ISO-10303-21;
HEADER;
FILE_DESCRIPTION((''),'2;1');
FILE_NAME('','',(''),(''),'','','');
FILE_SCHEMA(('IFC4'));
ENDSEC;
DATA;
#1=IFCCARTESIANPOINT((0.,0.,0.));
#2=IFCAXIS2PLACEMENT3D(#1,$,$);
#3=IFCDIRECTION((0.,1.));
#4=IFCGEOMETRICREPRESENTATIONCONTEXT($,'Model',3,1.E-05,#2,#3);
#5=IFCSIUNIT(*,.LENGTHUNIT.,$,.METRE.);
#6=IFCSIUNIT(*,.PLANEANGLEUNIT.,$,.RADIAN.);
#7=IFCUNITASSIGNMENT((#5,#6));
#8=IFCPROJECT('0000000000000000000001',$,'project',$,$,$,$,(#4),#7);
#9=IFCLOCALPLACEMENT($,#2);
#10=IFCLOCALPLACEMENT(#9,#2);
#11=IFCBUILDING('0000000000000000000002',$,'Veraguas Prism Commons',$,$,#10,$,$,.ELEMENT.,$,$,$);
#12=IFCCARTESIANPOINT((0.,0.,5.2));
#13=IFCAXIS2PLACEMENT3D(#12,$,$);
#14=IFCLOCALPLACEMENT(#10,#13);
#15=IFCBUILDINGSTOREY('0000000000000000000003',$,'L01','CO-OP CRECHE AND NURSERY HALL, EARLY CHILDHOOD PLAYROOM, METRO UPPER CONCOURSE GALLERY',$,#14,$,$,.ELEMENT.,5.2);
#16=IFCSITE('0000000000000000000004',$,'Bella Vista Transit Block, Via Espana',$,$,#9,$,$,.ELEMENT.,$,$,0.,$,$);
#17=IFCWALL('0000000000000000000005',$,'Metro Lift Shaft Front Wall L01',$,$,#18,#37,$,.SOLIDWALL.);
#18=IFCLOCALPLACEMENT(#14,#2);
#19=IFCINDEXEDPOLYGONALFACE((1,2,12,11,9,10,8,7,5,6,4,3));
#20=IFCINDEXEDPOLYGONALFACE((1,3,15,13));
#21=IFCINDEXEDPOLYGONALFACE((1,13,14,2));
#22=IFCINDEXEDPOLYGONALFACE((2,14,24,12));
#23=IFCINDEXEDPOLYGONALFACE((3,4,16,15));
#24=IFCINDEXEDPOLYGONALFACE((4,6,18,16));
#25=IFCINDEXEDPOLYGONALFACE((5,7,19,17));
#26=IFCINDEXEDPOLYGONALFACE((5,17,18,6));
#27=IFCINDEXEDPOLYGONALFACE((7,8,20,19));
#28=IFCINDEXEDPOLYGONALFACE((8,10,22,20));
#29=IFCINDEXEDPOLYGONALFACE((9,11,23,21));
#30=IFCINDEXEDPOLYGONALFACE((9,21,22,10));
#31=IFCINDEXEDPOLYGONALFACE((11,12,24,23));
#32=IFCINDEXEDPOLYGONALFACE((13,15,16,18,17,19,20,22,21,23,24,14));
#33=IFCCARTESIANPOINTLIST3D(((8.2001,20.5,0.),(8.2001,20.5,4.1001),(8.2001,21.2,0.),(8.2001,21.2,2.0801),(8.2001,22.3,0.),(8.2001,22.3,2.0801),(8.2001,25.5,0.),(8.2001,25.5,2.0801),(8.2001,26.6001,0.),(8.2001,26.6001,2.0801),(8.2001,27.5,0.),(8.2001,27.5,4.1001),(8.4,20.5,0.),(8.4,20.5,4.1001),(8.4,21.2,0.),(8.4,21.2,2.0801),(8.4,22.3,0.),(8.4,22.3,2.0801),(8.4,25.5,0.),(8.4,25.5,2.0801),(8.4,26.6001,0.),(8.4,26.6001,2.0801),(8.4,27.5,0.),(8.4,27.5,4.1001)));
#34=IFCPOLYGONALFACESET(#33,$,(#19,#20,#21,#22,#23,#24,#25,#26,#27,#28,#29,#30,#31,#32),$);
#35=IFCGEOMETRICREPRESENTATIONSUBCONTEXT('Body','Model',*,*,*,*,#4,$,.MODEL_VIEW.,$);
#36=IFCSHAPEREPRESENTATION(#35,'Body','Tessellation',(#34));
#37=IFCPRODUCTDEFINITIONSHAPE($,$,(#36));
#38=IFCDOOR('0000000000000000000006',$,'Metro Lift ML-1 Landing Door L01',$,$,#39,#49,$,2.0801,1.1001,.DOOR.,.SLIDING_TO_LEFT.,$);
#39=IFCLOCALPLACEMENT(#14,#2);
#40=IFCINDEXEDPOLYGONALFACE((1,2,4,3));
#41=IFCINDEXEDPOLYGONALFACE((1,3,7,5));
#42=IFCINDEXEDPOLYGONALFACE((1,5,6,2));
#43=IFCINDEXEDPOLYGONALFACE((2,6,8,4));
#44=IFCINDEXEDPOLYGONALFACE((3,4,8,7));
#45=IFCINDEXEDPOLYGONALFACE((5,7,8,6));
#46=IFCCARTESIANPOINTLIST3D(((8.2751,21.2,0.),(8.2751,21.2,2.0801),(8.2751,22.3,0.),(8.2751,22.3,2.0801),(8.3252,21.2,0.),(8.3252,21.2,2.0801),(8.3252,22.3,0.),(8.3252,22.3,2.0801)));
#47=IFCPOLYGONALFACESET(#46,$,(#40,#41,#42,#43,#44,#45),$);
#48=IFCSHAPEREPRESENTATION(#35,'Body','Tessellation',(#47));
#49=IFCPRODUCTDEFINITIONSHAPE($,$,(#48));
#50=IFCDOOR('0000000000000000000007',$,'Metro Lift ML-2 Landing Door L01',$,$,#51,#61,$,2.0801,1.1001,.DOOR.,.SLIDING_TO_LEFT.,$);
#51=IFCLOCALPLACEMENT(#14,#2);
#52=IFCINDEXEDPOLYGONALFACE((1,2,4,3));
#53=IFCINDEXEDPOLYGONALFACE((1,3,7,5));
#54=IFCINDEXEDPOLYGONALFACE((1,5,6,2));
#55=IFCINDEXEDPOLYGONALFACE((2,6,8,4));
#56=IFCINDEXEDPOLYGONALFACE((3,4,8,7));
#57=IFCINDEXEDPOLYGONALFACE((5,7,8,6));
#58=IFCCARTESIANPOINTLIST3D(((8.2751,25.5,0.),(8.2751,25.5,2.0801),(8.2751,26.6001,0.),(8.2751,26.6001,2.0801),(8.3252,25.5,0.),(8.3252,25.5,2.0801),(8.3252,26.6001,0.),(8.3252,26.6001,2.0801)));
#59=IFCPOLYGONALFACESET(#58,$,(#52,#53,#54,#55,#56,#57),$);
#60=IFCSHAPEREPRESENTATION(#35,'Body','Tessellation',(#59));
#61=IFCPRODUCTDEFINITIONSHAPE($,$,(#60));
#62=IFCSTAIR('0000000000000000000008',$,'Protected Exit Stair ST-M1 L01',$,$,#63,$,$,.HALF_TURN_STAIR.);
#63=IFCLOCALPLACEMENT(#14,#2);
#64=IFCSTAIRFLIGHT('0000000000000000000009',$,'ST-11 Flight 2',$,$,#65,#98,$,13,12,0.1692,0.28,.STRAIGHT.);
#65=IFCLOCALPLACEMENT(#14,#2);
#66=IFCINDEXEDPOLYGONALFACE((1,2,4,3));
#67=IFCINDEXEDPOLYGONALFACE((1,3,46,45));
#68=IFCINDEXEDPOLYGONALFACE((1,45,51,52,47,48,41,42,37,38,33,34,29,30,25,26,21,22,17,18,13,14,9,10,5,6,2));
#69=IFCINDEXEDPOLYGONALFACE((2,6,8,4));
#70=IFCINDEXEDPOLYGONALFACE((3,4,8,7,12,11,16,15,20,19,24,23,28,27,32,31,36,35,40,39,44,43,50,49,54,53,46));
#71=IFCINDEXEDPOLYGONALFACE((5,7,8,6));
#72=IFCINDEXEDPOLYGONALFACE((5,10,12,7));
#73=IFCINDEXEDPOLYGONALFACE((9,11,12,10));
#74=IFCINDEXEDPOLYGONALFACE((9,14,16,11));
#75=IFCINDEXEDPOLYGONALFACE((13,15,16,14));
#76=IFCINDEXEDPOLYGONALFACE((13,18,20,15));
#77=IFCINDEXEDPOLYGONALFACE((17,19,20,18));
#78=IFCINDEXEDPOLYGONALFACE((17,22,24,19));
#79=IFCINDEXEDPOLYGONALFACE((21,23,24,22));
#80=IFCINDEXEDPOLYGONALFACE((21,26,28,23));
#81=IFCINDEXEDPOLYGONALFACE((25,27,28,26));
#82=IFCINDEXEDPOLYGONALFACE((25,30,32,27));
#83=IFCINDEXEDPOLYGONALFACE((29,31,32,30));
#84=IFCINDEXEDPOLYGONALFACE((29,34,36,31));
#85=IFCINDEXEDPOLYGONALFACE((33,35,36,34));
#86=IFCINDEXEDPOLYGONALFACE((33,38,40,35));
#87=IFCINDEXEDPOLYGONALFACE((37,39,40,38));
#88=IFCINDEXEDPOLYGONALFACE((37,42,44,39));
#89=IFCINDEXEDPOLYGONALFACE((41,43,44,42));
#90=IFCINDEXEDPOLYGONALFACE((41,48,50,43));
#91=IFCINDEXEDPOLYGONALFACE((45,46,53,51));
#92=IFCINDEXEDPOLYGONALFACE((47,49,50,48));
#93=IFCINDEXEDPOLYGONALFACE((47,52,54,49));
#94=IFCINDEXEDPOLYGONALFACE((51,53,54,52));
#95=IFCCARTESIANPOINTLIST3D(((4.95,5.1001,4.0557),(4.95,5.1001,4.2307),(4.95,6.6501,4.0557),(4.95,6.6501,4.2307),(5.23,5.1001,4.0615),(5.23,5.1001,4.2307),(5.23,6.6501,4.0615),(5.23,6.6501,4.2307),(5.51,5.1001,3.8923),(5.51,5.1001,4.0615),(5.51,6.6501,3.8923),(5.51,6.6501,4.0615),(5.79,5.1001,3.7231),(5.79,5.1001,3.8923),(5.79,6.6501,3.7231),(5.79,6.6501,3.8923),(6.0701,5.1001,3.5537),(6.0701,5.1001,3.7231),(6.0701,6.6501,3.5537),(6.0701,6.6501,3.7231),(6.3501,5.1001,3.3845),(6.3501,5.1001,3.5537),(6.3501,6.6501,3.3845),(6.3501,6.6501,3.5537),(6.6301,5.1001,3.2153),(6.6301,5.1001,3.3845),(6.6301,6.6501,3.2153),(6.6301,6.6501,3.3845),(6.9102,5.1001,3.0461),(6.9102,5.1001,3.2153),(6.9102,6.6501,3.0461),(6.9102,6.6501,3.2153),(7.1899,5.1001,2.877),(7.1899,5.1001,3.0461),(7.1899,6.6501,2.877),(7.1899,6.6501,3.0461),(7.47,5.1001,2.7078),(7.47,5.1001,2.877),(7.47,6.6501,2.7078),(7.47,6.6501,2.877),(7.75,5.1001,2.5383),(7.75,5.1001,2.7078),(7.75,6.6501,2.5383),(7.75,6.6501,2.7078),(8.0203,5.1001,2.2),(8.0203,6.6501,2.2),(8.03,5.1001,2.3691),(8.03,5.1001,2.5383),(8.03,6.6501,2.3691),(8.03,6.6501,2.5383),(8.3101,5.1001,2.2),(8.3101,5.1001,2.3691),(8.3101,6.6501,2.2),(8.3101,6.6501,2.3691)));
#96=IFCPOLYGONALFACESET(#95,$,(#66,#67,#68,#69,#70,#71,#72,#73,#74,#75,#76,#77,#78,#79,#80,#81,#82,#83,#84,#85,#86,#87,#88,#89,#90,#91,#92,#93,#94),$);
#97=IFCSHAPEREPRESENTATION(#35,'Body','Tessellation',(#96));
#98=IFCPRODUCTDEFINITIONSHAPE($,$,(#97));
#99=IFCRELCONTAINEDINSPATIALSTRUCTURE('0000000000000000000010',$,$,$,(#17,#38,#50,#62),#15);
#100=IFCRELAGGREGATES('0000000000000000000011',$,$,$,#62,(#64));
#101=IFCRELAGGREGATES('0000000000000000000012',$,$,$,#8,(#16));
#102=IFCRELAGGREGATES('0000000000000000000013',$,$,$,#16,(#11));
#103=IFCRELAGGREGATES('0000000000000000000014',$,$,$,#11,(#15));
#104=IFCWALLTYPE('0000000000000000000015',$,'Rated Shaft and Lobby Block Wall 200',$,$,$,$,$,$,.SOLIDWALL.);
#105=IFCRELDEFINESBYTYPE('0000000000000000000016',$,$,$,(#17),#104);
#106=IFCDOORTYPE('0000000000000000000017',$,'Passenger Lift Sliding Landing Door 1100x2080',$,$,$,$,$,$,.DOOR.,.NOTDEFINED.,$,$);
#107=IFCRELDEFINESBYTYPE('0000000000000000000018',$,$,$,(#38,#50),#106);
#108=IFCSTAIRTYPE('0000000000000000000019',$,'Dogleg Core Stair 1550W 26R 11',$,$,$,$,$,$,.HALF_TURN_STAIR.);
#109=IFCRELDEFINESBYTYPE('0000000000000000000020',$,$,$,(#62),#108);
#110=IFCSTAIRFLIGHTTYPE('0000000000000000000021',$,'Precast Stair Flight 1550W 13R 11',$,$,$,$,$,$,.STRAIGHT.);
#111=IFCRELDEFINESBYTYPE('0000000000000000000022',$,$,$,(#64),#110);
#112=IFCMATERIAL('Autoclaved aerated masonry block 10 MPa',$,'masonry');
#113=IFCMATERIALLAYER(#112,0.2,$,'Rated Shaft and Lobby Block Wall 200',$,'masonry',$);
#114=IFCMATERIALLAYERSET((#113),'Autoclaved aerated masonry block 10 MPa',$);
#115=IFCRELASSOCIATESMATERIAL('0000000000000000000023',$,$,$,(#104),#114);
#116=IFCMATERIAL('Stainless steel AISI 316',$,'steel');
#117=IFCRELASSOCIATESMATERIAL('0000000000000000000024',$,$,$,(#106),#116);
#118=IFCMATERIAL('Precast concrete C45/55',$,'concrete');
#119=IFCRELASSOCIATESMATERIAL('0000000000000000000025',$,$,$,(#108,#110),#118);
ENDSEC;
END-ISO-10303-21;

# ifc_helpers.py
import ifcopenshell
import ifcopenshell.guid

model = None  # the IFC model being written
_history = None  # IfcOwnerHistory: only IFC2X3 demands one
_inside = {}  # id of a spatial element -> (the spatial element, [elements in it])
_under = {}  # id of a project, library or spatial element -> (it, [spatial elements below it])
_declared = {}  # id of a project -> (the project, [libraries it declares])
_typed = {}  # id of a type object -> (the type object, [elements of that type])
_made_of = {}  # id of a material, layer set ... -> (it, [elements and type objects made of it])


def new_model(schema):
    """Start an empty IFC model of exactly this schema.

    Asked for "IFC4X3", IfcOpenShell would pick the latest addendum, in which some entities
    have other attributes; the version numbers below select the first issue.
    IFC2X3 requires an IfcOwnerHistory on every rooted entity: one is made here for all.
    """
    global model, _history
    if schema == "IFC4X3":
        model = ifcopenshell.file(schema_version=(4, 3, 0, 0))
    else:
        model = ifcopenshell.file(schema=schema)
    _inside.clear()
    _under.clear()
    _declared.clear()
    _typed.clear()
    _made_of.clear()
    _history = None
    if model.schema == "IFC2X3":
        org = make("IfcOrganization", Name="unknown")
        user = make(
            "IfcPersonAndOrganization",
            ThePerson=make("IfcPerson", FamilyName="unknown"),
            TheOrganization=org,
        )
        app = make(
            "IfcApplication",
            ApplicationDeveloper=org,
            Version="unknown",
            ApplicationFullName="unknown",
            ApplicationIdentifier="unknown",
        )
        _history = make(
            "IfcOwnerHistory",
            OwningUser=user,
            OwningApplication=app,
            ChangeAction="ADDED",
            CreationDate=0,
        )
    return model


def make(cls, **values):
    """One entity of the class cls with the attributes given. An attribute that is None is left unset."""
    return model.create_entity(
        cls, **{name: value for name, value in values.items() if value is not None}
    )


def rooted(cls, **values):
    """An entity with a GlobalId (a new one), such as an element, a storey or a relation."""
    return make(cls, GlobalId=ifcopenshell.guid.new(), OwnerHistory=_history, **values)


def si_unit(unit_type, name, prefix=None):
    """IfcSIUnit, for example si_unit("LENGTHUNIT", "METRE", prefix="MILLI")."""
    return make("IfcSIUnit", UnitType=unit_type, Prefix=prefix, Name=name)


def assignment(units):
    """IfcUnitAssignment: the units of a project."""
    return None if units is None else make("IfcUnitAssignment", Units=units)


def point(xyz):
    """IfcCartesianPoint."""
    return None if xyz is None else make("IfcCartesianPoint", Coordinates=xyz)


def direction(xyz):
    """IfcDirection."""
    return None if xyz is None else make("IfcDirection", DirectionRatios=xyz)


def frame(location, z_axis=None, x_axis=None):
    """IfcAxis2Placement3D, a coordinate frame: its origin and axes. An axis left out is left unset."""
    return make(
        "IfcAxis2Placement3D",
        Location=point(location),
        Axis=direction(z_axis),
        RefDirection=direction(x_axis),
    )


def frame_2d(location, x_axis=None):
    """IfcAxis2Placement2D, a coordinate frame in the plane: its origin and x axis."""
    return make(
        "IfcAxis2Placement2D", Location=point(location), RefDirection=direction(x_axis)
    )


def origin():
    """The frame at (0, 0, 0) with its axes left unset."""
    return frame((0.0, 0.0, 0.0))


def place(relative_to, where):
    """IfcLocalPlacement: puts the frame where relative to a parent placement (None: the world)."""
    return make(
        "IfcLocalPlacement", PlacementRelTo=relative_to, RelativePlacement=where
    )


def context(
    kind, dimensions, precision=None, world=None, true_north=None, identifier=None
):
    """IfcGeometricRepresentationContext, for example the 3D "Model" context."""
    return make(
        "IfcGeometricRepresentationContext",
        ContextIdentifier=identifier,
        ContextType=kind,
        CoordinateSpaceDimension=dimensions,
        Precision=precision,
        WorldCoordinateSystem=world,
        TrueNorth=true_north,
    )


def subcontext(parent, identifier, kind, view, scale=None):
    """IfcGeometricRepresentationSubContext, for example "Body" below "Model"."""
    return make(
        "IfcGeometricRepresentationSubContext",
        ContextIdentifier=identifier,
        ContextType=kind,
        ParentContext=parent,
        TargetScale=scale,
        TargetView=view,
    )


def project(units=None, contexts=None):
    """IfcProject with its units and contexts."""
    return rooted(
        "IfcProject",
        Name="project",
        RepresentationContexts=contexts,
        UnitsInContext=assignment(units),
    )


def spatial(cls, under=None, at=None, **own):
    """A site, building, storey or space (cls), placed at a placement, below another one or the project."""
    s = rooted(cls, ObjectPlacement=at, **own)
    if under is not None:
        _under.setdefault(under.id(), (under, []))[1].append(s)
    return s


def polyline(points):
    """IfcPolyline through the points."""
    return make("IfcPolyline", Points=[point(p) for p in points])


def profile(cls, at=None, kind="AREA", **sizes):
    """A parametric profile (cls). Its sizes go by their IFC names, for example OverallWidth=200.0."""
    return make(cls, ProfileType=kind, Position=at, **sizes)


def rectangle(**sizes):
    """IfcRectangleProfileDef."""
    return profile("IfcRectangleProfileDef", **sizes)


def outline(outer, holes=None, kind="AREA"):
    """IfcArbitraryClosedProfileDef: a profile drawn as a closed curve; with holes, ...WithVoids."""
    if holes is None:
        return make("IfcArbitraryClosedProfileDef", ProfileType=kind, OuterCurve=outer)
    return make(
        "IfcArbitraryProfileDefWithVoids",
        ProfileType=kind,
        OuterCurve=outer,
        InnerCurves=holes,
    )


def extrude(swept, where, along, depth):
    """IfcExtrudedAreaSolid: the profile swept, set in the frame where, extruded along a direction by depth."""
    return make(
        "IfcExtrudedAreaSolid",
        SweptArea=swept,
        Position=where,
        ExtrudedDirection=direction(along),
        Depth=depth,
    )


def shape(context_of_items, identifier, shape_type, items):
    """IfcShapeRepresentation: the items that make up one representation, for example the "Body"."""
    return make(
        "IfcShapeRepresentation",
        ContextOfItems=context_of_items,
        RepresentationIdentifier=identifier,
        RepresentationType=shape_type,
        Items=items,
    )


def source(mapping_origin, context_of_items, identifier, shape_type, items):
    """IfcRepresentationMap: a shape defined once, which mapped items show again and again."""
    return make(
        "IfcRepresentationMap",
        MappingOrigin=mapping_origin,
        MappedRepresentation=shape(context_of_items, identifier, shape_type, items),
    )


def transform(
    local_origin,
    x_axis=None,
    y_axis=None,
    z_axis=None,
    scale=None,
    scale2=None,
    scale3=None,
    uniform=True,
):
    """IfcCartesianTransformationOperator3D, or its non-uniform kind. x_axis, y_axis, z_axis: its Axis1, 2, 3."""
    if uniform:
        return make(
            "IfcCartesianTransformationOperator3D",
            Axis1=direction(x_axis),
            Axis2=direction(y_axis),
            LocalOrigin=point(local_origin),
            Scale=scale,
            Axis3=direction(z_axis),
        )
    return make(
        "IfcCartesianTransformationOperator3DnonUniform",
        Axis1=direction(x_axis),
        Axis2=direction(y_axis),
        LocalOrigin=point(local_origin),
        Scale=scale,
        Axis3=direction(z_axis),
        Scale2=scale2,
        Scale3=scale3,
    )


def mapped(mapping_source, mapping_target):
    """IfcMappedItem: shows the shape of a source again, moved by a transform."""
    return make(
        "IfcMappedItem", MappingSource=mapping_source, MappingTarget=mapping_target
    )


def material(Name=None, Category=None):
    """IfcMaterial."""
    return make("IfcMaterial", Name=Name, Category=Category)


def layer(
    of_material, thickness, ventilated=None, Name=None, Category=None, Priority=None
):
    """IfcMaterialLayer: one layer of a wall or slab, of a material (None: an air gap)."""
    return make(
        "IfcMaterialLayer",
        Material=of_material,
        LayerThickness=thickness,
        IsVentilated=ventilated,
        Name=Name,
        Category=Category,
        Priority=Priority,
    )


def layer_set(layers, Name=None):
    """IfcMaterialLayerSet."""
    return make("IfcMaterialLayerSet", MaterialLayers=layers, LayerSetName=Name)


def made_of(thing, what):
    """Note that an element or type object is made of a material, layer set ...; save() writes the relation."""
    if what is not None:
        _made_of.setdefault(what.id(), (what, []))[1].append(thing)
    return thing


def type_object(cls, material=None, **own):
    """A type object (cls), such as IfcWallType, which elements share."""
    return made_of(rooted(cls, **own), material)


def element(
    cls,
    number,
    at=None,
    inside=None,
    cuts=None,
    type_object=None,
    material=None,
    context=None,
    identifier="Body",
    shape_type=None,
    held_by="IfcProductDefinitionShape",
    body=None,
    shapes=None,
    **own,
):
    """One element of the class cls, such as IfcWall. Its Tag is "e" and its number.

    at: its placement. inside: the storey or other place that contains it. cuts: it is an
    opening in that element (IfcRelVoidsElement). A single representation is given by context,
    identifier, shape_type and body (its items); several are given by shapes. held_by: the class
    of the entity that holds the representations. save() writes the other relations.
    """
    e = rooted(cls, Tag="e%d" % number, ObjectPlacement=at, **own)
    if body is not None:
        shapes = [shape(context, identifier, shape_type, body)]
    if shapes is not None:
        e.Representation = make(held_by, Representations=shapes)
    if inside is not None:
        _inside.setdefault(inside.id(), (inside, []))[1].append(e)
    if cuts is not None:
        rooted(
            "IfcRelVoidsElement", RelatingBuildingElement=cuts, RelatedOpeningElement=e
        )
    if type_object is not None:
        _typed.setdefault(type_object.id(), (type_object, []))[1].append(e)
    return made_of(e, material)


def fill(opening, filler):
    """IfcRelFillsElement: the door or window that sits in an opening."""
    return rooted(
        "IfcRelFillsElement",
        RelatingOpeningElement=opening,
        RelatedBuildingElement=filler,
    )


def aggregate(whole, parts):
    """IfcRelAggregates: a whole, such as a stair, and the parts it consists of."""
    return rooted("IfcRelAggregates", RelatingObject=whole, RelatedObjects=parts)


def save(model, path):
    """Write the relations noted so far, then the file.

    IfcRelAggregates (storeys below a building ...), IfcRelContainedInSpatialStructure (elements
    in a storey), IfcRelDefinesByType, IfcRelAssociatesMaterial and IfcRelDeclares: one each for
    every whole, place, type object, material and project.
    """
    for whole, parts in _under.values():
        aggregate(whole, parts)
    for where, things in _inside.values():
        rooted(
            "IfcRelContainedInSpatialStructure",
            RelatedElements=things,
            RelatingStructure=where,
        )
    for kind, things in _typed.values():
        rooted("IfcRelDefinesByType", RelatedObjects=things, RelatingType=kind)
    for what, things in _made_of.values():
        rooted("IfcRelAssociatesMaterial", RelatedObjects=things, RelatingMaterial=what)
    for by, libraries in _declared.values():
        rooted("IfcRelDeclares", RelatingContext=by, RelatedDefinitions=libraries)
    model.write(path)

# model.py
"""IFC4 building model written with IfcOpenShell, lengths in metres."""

from ifc_helpers import new_model, si_unit, direction, frame, frame_2d, origin, place, context, subcontext, project, spatial, polyline, rectangle, outline, extrude, source, transform, mapped, material, layer, layer_set, type_object, element, fill, aggregate, save


model = new_model("IFC4")

# Units and contexts
model_context = context("Model", 3, precision=1e-05, world=origin(), true_north=direction((0.0, 1.0)))
body_context = subcontext(model_context, "Body", "Model", "MODEL_VIEW")
ifc_project = project(units=[si_unit("LENGTHUNIT", "METRE"), si_unit("PLANEANGLEUNIT", "RADIAN")], contexts=[model_context])

# Site, building, storey
site_placement = place(None, origin())
site = spatial("IfcSite", under=ifc_project, at=site_placement, Name="Bella Vista Transit Block, Via Espana", CompositionType="ELEMENT", RefElevation=0.0)
building_placement = place(site_placement, origin())
building = spatial("IfcBuilding", under=site, at=building_placement, Name="Veraguas Prism Commons", CompositionType="ELEMENT")
storey_placement = place(building_placement, frame((0.0, 0.0, 5.2)))
storey = spatial("IfcBuildingStorey", under=building, at=storey_placement, Name="L01", Description="CO-OP CRECHE AND NURSERY HALL, EARLY CHILDHOOD PLAYROOM, METRO UPPER CONCOURSE GALLERY", CompositionType="ELEMENT", Elevation=5.2)

# Shared definitions
ifc_material_1 = material(Name="Autoclaved aerated masonry block 10 MPa", Category="masonry")

# Wall, openings, doors
ifc_layer_1 = layer(ifc_material_1, 0.2, Name="Rated Shaft and Lobby Block Wall 200", Category="masonry")
ifc_layer_set_1 = layer_set([ifc_layer_1], Name="Autoclaved aerated masonry block 10 MPa")
wall_type_1 = type_object("IfcWallType", Name="Rated Shaft and Lobby Block Wall 200", PredefinedType="SOLIDWALL", material=ifc_layer_set_1)
wall_1_placement = place(storey_placement, frame((8.3, 20.5, 0.0), z_axis=(0.0, 0.0, 1.0), x_axis=(0.0, 1.0, 0.0)))
wall_1 = element("IfcWall", 1, at=wall_1_placement, inside=storey, type_object=wall_type_1, Name="Metro Lift Shaft Front Wall L01", PredefinedType="SOLIDWALL", context=body_context, shape_type="SweptSolid", body=[
    extrude(rectangle(XDim=7.0, YDim=0.2, at=frame_2d((3.5, 0.0))), origin(), (0.0, 0.0, 1.0), 4.1001),
])
opening_1_placement = place(wall_1_placement, frame((0.7, 0.0, 0.0)))
opening_1 = element("IfcOpeningElement", 2, at=opening_1_placement, cuts=wall_1, PredefinedType="OPENING", context=body_context, shape_type="SweptSolid", body=[
    extrude(rectangle(XDim=1.1001, YDim=2.0801, at=frame_2d((0.55, 1.04))), frame((0.0, 0.1099, 0.0), z_axis=(0.0, -1.0, 0.0), x_axis=(1.0, 0.0, 0.0)), (0.0, 0.0, 1.0), 0.22),
])
opening_2_placement = place(wall_1_placement, frame((5.0, 0.0, 0.0)))
opening_2 = element("IfcOpeningElement", 3, at=opening_2_placement, cuts=wall_1, PredefinedType="OPENING", context=body_context, shape_type="SweptSolid", body=[
    extrude(rectangle(XDim=1.1001, YDim=2.0801, at=frame_2d((0.55, 1.04))), frame((0.0, 0.1099, 0.0), z_axis=(0.0, -1.0, 0.0), x_axis=(1.0, 0.0, 0.0)), (0.0, 0.0, 1.0), 0.22),
])
ifc_material_2 = material(Name="Stainless steel AISI 316", Category="steel")
door_type_1 = type_object("IfcDoorType", Name="Passenger Lift Sliding Landing Door 1100x2080", OperationType="NOTDEFINED", PredefinedType="DOOR", material=ifc_material_2)
shared_shape_1 = source(origin(), body_context, "Body", "SweptSolid", [
    extrude(rectangle(XDim=1.1001, YDim=2.0801, at=frame_2d((0.55, 1.04))), frame((0.0, 0.0249, 0.0), z_axis=(0.0, -1.0, 0.0), x_axis=(1.0, 0.0, 0.0)), (0.0, 0.0, 1.0), 0.05),
])
door_1_placement = place(opening_1_placement, origin())
door_1 = element("IfcDoor", 4, at=door_1_placement, inside=storey, type_object=door_type_1, Name="Metro Lift ML-1 Landing Door L01", OperationType="SLIDING_TO_LEFT", OverallHeight=2.0801, OverallWidth=1.1001, PredefinedType="DOOR", context=body_context, shape_type="MappedRepresentation", body=[
    mapped(shared_shape_1, transform((0.0, 0.0, 0.0), scale=1.0)),
])
fill(opening_1, door_1)
door_2_placement = place(opening_2_placement, origin())
door_2 = element("IfcDoor", 5, at=door_2_placement, inside=storey, type_object=door_type_1, Name="Metro Lift ML-2 Landing Door L01", OperationType="SLIDING_TO_LEFT", OverallHeight=2.0801, OverallWidth=1.1001, PredefinedType="DOOR", context=body_context, shape_type="MappedRepresentation", body=[
    mapped(shared_shape_1, transform((0.0, 0.0, 0.0), scale=1.0)),
])
fill(opening_2, door_2)

# Stair, stair flight
ifc_material_3 = material(Name="Precast concrete C45/55", Category="concrete")
stair_type = type_object("IfcStairType", Name="Dogleg Core Stair 1550W 26R 11", PredefinedType="HALF_TURN_STAIR", material=ifc_material_3)
stair_placement = place(storey_placement, origin())
stair = element("IfcStair", 6, at=stair_placement, inside=storey, type_object=stair_type, Name="Protected Exit Stair ST-M1 L01", PredefinedType="HALF_TURN_STAIR")
stair_flight_type = type_object("IfcStairFlightType", Name="Precast Stair Flight 1550W 13R 11", PredefinedType="STRAIGHT", material=ifc_material_3)
stair_flight_placement = place(storey_placement, frame((8.3101, 5.875, 2.2), z_axis=(0.0, 0.0, 1.0), x_axis=(-1.0, 0.0, 0.0)))
stair_flight = element("IfcStairFlight", 7, at=stair_flight_placement, type_object=stair_flight_type, Name="ST-11 Flight 2", NumberOfRisers=13, NumberOfTreads=12, PredefinedType="STRAIGHT", RiserHeight=0.1692, TreadLength=0.28, context=body_context, shape_type="SweptSolid", body=[
    extrude(outline(polyline([(0.0, 0.0), (0.0, 0.1692), (0.28, 0.1692), (0.28, 0.3384), (0.5601, 0.3384), (0.5601, 0.5078), (0.8401, 0.5078), (0.8401, 0.677), (1.1201, 0.677), (1.1201, 0.8462), (1.3999, 0.8462), (1.3999, 1.0154), (1.6799, 1.0154), (1.6799, 1.1846), (1.96, 1.1846), (1.96, 1.3538), (2.24, 1.3538), (2.24, 1.5232), (2.52, 1.5232), (2.52, 1.6924), (2.8, 1.6924), (2.8, 1.8616), (3.0801, 1.8616), (3.0801, 2.0308), (3.3601, 2.0308), (3.3601, 2.2), (3.3601, 1.8557), (0.2898, 0.0), (0.0, 0.0)])), frame((0.0, 0.7749, 0.0), z_axis=(0.0, -1.0, 0.0), x_axis=(1.0, 0.0, 0.0)), (0.0, 0.0, 1.0), 1.55),
])
aggregate(stair, [stair_flight])

save(model, "model.ifc")
